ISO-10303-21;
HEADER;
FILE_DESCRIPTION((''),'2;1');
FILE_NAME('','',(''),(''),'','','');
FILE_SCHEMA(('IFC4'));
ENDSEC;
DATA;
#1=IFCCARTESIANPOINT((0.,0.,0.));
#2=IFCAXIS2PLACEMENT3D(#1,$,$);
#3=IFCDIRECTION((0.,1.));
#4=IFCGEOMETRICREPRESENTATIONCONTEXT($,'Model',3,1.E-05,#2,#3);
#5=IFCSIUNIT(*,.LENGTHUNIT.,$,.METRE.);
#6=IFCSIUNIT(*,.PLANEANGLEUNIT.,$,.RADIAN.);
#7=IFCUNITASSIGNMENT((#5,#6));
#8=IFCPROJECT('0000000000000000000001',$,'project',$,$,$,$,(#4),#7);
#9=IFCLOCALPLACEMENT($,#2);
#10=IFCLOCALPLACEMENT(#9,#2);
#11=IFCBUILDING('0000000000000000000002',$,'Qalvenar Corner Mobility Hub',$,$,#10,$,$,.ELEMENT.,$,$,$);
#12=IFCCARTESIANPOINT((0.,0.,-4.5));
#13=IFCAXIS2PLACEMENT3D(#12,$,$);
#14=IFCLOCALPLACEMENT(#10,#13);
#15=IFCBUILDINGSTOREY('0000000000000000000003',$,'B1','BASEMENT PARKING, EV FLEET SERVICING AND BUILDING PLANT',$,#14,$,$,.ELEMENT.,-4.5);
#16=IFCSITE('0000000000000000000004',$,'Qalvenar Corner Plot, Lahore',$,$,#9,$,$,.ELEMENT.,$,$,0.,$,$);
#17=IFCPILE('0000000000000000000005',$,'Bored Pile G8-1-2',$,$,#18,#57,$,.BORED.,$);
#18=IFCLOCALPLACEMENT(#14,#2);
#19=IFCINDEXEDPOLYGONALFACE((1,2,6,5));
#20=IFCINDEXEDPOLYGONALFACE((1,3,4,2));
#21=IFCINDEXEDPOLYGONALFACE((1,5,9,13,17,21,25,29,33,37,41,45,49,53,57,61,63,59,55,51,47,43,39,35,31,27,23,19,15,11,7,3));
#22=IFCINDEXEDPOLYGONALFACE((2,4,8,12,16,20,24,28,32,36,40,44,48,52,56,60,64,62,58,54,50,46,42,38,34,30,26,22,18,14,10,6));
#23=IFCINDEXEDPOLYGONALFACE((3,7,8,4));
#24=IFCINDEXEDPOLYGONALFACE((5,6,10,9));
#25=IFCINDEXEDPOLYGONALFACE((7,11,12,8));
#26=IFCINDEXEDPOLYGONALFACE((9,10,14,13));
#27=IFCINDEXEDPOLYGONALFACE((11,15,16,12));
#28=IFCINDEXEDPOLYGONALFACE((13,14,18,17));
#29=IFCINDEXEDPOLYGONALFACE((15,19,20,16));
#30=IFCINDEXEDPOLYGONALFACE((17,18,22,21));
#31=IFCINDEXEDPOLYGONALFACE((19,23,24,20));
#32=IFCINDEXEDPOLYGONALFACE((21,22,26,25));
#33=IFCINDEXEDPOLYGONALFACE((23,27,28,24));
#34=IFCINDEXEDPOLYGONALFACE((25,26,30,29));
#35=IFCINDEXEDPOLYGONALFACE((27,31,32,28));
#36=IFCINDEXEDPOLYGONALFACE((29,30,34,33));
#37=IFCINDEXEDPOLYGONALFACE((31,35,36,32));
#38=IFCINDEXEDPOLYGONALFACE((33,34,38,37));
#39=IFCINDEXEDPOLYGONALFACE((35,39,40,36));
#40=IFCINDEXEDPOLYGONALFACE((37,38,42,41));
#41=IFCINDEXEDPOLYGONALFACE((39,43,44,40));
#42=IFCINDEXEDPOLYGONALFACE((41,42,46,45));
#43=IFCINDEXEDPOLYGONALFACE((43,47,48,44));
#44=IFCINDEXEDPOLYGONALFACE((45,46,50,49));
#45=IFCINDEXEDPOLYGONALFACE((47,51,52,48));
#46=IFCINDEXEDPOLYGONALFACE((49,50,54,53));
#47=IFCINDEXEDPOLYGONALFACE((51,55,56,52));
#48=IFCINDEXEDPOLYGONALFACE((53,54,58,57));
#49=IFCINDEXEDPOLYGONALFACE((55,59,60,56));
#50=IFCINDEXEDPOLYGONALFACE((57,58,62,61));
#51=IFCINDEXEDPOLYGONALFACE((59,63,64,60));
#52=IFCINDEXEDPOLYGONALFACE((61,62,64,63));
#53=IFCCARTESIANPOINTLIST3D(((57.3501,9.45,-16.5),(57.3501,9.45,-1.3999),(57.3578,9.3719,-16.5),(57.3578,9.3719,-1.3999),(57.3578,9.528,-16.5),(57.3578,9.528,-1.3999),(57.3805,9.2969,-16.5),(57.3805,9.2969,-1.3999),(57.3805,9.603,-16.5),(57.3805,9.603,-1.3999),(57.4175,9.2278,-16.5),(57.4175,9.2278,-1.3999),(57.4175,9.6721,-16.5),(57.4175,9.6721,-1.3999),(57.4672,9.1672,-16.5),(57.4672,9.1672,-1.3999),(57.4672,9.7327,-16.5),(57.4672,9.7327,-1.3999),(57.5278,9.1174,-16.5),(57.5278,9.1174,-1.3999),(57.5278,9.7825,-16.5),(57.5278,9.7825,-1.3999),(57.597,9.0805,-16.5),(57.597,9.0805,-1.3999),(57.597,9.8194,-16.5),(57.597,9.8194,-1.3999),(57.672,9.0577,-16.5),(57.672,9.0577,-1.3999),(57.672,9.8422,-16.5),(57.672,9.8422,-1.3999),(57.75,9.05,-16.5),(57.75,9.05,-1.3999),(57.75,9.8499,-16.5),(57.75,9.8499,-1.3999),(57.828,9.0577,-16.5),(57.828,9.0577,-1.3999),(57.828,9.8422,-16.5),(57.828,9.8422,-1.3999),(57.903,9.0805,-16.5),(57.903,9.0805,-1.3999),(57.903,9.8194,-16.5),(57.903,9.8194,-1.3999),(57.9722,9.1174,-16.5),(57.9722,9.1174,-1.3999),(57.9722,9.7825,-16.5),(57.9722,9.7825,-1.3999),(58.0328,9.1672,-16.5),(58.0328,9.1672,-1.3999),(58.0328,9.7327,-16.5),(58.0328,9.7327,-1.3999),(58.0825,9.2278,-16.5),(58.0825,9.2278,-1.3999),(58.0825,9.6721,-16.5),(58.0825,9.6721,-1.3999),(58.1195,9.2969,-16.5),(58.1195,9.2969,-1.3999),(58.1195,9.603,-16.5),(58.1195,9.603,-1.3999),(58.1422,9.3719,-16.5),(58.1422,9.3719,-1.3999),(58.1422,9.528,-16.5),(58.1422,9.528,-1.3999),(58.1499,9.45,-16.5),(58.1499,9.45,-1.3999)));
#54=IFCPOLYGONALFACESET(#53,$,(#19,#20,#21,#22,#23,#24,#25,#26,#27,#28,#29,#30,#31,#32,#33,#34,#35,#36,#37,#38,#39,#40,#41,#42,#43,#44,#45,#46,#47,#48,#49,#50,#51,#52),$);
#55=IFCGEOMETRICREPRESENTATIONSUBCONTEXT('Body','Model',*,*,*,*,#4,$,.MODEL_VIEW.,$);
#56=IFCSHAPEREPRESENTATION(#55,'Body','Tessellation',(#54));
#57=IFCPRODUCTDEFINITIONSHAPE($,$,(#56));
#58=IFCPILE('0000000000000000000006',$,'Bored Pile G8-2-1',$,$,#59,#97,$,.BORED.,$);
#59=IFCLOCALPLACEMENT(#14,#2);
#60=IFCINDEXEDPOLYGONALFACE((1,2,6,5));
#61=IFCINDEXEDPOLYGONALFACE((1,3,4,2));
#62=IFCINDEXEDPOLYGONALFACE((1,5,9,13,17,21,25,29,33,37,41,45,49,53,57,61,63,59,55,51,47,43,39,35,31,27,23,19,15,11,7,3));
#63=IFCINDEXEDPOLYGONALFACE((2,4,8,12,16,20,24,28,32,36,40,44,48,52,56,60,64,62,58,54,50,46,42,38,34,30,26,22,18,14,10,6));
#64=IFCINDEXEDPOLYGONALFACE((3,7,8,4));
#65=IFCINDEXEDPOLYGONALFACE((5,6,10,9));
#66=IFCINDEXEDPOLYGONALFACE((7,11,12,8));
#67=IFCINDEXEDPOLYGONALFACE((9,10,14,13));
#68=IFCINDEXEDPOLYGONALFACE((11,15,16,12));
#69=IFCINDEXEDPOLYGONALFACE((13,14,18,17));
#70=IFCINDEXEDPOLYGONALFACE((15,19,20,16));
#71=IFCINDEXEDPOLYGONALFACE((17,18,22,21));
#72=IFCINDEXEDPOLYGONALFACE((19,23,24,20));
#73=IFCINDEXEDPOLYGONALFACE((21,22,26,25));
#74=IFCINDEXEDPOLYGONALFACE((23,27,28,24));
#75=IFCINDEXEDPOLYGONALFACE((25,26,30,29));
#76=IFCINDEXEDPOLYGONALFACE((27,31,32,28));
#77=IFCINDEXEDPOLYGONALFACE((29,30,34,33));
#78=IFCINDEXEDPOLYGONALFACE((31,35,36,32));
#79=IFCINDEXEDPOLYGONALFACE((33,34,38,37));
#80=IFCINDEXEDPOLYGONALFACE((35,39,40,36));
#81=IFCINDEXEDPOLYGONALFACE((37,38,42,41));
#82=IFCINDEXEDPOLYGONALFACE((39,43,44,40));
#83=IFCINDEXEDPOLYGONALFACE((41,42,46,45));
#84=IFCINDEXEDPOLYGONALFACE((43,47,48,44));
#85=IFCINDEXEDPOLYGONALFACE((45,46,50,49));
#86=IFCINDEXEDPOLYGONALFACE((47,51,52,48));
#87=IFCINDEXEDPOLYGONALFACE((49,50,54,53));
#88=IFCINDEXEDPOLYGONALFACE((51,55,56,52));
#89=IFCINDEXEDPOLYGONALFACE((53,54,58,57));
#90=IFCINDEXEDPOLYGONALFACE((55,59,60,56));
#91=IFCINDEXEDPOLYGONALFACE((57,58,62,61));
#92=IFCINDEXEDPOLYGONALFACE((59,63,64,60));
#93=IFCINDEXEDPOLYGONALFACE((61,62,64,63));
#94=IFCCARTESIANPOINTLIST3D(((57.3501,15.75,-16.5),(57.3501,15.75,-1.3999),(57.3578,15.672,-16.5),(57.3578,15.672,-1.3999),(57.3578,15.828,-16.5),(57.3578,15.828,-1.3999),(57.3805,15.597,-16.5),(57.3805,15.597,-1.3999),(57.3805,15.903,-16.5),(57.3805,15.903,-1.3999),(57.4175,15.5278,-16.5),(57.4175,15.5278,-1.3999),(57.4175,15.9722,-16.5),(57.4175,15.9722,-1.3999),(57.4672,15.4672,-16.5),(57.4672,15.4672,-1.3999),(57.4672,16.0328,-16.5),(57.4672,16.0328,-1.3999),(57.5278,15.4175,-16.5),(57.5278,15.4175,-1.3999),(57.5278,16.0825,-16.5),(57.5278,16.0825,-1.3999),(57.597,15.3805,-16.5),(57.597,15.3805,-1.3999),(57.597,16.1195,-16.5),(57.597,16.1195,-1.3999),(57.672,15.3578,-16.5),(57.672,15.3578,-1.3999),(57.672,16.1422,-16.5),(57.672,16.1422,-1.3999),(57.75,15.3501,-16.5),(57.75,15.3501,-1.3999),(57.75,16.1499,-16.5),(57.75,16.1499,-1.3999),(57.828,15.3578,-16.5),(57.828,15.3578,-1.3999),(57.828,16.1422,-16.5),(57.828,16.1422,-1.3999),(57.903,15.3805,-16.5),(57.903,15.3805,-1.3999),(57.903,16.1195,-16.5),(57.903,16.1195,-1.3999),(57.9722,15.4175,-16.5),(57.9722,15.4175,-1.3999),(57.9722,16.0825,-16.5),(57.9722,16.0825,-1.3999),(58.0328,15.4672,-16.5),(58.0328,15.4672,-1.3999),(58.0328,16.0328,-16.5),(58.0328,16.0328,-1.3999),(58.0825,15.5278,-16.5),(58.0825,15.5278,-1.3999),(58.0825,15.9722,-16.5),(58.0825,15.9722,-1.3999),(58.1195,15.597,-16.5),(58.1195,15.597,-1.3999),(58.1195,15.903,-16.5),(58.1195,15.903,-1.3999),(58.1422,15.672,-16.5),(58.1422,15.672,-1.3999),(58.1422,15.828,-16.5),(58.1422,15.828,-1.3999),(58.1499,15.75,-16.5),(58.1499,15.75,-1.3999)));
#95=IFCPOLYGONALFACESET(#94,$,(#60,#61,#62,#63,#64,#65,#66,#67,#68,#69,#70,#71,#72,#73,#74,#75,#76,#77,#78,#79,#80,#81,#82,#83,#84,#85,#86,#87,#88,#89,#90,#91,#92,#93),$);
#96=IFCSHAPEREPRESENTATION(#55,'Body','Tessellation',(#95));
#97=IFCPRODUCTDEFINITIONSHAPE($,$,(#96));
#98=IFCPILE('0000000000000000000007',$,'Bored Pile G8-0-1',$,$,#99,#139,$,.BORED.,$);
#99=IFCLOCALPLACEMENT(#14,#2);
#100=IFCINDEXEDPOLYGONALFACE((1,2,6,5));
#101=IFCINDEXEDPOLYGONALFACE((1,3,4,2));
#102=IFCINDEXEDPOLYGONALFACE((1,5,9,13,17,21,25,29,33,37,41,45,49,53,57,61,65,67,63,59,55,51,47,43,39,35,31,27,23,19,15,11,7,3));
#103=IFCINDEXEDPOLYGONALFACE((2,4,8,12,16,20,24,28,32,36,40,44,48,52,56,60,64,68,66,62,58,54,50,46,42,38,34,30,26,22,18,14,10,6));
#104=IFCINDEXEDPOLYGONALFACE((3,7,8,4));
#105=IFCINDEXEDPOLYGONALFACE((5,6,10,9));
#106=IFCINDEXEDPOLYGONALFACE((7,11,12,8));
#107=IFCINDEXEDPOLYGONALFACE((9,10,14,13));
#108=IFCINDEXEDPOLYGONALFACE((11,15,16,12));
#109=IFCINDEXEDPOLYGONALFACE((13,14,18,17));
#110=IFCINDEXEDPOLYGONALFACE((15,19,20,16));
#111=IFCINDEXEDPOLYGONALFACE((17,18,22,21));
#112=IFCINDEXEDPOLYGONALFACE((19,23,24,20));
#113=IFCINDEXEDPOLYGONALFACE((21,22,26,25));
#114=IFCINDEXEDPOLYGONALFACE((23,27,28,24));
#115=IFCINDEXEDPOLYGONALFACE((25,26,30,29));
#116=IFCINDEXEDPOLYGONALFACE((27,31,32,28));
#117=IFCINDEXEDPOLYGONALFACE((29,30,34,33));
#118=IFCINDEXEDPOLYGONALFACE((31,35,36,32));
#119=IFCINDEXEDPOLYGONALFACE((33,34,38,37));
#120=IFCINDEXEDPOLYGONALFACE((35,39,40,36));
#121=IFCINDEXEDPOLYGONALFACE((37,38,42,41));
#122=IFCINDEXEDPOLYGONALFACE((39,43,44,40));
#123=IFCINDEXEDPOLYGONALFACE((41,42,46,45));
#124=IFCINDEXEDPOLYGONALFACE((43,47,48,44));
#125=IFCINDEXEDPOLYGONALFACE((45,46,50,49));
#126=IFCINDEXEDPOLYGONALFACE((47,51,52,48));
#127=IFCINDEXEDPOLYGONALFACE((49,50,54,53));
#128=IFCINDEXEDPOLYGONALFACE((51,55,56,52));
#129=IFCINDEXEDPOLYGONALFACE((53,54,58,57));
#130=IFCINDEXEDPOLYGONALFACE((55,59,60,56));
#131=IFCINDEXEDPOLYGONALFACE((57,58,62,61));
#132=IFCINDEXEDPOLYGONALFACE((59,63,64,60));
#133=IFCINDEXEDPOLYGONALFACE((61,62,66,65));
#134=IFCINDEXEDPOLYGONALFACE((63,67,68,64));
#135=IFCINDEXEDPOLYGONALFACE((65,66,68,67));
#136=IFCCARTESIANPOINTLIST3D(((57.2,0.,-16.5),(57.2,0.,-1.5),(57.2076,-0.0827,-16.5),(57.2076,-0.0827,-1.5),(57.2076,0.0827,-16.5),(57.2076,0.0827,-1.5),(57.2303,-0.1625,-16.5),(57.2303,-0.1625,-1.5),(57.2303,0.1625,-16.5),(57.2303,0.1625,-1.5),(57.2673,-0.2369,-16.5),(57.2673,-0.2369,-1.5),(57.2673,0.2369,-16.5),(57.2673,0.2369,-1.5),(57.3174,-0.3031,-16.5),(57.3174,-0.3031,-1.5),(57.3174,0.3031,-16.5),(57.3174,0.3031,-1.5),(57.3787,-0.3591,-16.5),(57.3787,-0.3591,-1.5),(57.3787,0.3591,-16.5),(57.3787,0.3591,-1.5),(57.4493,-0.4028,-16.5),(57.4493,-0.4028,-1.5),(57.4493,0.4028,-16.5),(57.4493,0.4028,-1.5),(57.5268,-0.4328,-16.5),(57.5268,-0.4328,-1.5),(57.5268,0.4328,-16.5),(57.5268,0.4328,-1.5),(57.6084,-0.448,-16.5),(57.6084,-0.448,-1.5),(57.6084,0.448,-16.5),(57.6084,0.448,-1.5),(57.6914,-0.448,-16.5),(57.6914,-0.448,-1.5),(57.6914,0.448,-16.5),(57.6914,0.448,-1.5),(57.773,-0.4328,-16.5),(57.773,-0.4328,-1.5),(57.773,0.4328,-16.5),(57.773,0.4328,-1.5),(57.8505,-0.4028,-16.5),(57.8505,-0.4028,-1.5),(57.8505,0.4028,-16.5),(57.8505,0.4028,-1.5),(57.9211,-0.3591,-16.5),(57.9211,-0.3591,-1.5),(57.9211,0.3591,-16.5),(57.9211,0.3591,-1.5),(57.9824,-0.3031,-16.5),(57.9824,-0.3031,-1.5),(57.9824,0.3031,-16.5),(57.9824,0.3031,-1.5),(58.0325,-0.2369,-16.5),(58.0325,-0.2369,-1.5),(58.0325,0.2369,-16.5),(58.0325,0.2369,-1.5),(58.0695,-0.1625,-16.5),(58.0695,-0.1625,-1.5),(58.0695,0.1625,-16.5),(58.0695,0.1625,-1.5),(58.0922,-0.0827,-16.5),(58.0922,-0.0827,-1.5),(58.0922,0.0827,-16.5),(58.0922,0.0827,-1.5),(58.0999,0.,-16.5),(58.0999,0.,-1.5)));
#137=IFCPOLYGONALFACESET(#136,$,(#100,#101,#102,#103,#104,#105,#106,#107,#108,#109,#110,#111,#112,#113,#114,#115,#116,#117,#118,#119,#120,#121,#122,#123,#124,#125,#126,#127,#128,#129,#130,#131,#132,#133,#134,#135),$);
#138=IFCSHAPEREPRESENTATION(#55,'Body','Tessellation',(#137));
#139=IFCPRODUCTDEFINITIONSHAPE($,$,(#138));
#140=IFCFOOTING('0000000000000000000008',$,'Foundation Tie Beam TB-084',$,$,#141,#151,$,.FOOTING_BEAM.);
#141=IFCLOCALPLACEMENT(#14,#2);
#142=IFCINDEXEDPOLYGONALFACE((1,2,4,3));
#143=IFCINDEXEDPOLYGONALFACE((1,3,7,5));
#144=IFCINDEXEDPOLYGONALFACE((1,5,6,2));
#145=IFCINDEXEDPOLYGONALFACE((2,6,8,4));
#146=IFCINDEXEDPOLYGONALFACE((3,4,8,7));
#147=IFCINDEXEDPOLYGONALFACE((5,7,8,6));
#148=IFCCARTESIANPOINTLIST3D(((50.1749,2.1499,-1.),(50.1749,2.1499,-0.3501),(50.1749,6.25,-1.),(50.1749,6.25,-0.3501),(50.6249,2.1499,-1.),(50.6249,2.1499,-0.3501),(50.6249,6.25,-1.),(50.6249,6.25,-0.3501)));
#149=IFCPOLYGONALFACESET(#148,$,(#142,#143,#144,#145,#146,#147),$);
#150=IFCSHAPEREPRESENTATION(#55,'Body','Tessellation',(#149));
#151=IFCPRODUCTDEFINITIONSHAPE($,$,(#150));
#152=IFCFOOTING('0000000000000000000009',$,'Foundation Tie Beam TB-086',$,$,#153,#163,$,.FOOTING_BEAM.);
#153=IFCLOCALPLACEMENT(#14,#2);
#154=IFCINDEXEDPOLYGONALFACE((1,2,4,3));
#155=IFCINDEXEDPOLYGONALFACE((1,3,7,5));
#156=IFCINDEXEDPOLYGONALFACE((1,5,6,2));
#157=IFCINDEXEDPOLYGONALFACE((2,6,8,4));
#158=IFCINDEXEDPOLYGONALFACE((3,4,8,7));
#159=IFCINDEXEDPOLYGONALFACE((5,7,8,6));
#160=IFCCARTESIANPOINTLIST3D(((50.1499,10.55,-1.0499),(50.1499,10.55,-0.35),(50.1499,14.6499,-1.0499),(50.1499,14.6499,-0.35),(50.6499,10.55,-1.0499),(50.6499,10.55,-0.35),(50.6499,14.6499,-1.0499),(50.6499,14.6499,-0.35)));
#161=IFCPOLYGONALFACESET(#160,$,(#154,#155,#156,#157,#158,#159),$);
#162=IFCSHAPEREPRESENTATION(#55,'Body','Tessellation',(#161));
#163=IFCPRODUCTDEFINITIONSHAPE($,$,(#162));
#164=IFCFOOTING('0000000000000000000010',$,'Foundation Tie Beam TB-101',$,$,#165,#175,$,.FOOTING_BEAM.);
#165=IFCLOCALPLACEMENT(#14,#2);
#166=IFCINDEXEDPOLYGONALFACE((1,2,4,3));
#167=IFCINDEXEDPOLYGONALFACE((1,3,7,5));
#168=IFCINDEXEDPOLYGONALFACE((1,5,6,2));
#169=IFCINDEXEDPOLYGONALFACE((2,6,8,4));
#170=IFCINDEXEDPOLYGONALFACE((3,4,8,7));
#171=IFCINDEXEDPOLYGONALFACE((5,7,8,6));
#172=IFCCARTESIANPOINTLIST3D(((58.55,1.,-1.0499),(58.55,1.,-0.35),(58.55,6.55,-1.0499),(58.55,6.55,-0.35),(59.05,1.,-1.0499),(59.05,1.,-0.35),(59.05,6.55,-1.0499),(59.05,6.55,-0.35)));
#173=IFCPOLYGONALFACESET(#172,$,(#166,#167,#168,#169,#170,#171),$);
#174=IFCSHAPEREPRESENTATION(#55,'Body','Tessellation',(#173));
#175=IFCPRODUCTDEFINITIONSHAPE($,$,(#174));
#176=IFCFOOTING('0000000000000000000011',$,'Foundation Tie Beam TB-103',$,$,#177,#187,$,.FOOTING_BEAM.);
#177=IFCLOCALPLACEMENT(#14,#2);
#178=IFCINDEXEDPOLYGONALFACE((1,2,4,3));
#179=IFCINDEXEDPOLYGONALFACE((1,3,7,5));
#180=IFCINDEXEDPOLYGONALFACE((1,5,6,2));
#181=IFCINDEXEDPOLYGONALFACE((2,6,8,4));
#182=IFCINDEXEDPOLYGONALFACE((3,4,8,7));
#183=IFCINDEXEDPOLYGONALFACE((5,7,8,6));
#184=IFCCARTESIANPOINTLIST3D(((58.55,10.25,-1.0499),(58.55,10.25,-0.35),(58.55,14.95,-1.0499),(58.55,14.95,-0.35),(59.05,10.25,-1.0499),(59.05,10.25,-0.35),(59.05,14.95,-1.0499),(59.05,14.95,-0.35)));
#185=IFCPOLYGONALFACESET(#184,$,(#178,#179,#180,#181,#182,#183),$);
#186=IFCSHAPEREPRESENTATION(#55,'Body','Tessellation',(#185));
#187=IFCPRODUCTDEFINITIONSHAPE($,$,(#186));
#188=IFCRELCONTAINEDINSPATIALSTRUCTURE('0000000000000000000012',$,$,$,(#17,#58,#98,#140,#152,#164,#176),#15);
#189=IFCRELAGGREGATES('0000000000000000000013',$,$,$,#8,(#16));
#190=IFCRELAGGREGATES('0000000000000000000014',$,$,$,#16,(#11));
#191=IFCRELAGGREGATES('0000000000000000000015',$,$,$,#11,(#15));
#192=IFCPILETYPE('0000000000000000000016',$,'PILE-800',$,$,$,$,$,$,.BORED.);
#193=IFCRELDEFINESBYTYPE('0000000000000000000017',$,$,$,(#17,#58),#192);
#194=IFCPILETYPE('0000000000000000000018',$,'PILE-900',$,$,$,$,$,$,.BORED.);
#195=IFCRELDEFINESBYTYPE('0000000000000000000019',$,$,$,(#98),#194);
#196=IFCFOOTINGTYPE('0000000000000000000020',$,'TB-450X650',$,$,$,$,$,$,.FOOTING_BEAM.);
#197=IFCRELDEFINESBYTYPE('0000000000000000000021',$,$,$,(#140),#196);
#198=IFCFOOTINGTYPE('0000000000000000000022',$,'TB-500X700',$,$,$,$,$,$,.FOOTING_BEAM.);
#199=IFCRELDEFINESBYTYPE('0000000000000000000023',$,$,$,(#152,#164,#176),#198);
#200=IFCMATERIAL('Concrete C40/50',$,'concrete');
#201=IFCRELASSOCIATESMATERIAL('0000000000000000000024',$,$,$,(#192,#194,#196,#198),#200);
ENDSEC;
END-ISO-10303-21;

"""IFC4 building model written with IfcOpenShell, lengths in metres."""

from ifc_helpers import new_model, si_unit, direction, frame, origin, origin_2d, place, context, subcontext, project, spatial, rectangle, circle, extrude, material, material_profile, profile_set, type_object, element, save


model = new_model("IFC4")

# Units and contexts
model_context = context("Model", 3, precision=1e-05, world=origin(), true_north=direction((0.0, 1.0)))
body_context = subcontext(model_context, "Body", "Model", "MODEL_VIEW")
ifc_project = project(units=[si_unit("LENGTHUNIT", "METRE"), si_unit("PLANEANGLEUNIT", "RADIAN")], contexts=[model_context])

# Site, building, storey
site_placement = place(None, origin())
site = spatial("IfcSite", under=ifc_project, at=site_placement, Name="Qalvenar Corner Plot, Lahore", CompositionType="ELEMENT", RefElevation=0.0)
building_placement = place(site_placement, origin())
building = spatial("IfcBuilding", under=site, at=building_placement, Name="Qalvenar Corner Mobility Hub", CompositionType="ELEMENT")
storey_placement = place(building_placement, frame((0.0, 0.0, -4.5)))
storey = spatial("IfcBuildingStorey", under=building, at=storey_placement, Name="B1", Description="BASEMENT PARKING, EV FLEET SERVICING AND BUILDING PLANT", CompositionType="ELEMENT", Elevation=-4.5)

# Shared definitions
ifc_material_1 = material(Name="Concrete C40/50", Category="concrete")

# Piles
ifc_material_profile_1 = material_profile(ifc_material_1, circle(Radius=0.3999, at=origin_2d()), Name="DIA800")
ifc_profile_set_1 = profile_set([ifc_material_profile_1], Name="Concrete C40/50")
pile_type_1 = type_object("IfcPileType", Name="PILE-800", PredefinedType="BORED", material=ifc_profile_set_1)
for number, where, z_axis, x_axis, name in (
    (1, (57.75, 9.45, -1.3999), (0.0, 0.0, -1.0), (1.0, 0.0, 0.0), "Bored Pile G8-1-2"),
    (2, (57.75, 15.75, -1.3999), (0.0, 0.0, -1.0), (1.0, 0.0, 0.0), "Bored Pile G8-2-1"),
):
    element("IfcPile", number, at=place(storey_placement, frame(where, z_axis=z_axis, x_axis=x_axis)), inside=storey, type_object=pile_type_1, Name=name, PredefinedType="BORED", context=body_context, shape_type="SweptSolid", body=[
        extrude(circle(Radius=0.3999, at=origin_2d()), origin(), (0.0, 0.0, 1.0), 15.1001),
    ])
ifc_material_profile_2 = material_profile(ifc_material_1, circle(Radius=0.45, at=origin_2d()), Name="DIA900")
ifc_profile_set_2 = profile_set([ifc_material_profile_2], Name="Concrete C40/50")
pile_type_2 = type_object("IfcPileType", Name="PILE-900", PredefinedType="BORED", material=ifc_profile_set_2)
pile_placement = place(storey_placement, frame((57.6499, 0.0, -1.5), z_axis=(0.0, 0.0, -1.0), x_axis=(1.0, 0.0, 0.0)))
element("IfcPile", 3, at=pile_placement, inside=storey, type_object=pile_type_2, Name="Bored Pile G8-0-1", PredefinedType="BORED", context=body_context, shape_type="SweptSolid", body=[
    extrude(circle(Radius=0.45, at=origin_2d()), origin(), (0.0, 0.0, 1.0), 15.0),
])

# Footings
ifc_material_profile_3 = material_profile(ifc_material_1, rectangle(XDim=0.45, YDim=0.6499, at=origin_2d()), Name="RC450x650")
ifc_profile_set_3 = profile_set([ifc_material_profile_3], Name="Concrete C40/50")
footing_type_1 = type_object("IfcFootingType", Name="TB-450X650", PredefinedType="FOOTING_BEAM", material=ifc_profile_set_3)
footing_1_placement = place(storey_placement, frame((50.3999, 2.1499, -0.675), z_axis=(0.0, 1.0, 0.0), x_axis=(-1.0, 0.0, 0.0)))
element("IfcFooting", 4, at=footing_1_placement, inside=storey, type_object=footing_type_1, Name="Foundation Tie Beam TB-084", PredefinedType="FOOTING_BEAM", context=body_context, shape_type="SweptSolid", body=[
    extrude(rectangle(XDim=0.45, YDim=0.6499, at=origin_2d()), origin(), (0.0, 0.0, 1.0), 4.1001),
])
ifc_material_profile_4 = material_profile(ifc_material_1, rectangle(XDim=0.5, YDim=0.7, at=origin_2d()), Name="RC500x700")
ifc_profile_set_4 = profile_set([ifc_material_profile_4], Name="Concrete C40/50")
footing_type_2 = type_object("IfcFootingType", Name="TB-500X700", PredefinedType="FOOTING_BEAM", material=ifc_profile_set_4)
footing_2_placement = place(storey_placement, frame((50.3999, 10.55, -0.7), z_axis=(0.0, 1.0, 0.0), x_axis=(-1.0, 0.0, 0.0)))
element("IfcFooting", 5, at=footing_2_placement, inside=storey, type_object=footing_type_2, Name="Foundation Tie Beam TB-086", PredefinedType="FOOTING_BEAM", context=body_context, shape_type="SweptSolid", body=[
    extrude(rectangle(XDim=0.5, YDim=0.7, at=origin_2d()), origin(), (0.0, 0.0, 1.0), 4.0999),
])
footing_3_placement = place(storey_placement, frame((58.8, 1.0, -0.7), z_axis=(0.0, 1.0, 0.0), x_axis=(-1.0, 0.0, 0.0)))
element("IfcFooting", 6, at=footing_3_placement, inside=storey, type_object=footing_type_2, Name="Foundation Tie Beam TB-101", PredefinedType="FOOTING_BEAM", context=body_context, shape_type="SweptSolid", body=[
    extrude(rectangle(XDim=0.5, YDim=0.7, at=origin_2d()), origin(), (0.0, 0.0, 1.0), 5.55),
])
footing_4_placement = place(storey_placement, frame((58.8, 10.25, -0.7), z_axis=(0.0, 1.0, 0.0), x_axis=(-1.0, 0.0, 0.0)))
element("IfcFooting", 7, at=footing_4_placement, inside=storey, type_object=footing_type_2, Name="Foundation Tie Beam TB-103", PredefinedType="FOOTING_BEAM", context=body_context, shape_type="SweptSolid", body=[
    extrude(rectangle(XDim=0.5, YDim=0.7, at=origin_2d()), origin(), (0.0, 0.0, 1.0), 4.7),
])

save(model, "model.ifc")
